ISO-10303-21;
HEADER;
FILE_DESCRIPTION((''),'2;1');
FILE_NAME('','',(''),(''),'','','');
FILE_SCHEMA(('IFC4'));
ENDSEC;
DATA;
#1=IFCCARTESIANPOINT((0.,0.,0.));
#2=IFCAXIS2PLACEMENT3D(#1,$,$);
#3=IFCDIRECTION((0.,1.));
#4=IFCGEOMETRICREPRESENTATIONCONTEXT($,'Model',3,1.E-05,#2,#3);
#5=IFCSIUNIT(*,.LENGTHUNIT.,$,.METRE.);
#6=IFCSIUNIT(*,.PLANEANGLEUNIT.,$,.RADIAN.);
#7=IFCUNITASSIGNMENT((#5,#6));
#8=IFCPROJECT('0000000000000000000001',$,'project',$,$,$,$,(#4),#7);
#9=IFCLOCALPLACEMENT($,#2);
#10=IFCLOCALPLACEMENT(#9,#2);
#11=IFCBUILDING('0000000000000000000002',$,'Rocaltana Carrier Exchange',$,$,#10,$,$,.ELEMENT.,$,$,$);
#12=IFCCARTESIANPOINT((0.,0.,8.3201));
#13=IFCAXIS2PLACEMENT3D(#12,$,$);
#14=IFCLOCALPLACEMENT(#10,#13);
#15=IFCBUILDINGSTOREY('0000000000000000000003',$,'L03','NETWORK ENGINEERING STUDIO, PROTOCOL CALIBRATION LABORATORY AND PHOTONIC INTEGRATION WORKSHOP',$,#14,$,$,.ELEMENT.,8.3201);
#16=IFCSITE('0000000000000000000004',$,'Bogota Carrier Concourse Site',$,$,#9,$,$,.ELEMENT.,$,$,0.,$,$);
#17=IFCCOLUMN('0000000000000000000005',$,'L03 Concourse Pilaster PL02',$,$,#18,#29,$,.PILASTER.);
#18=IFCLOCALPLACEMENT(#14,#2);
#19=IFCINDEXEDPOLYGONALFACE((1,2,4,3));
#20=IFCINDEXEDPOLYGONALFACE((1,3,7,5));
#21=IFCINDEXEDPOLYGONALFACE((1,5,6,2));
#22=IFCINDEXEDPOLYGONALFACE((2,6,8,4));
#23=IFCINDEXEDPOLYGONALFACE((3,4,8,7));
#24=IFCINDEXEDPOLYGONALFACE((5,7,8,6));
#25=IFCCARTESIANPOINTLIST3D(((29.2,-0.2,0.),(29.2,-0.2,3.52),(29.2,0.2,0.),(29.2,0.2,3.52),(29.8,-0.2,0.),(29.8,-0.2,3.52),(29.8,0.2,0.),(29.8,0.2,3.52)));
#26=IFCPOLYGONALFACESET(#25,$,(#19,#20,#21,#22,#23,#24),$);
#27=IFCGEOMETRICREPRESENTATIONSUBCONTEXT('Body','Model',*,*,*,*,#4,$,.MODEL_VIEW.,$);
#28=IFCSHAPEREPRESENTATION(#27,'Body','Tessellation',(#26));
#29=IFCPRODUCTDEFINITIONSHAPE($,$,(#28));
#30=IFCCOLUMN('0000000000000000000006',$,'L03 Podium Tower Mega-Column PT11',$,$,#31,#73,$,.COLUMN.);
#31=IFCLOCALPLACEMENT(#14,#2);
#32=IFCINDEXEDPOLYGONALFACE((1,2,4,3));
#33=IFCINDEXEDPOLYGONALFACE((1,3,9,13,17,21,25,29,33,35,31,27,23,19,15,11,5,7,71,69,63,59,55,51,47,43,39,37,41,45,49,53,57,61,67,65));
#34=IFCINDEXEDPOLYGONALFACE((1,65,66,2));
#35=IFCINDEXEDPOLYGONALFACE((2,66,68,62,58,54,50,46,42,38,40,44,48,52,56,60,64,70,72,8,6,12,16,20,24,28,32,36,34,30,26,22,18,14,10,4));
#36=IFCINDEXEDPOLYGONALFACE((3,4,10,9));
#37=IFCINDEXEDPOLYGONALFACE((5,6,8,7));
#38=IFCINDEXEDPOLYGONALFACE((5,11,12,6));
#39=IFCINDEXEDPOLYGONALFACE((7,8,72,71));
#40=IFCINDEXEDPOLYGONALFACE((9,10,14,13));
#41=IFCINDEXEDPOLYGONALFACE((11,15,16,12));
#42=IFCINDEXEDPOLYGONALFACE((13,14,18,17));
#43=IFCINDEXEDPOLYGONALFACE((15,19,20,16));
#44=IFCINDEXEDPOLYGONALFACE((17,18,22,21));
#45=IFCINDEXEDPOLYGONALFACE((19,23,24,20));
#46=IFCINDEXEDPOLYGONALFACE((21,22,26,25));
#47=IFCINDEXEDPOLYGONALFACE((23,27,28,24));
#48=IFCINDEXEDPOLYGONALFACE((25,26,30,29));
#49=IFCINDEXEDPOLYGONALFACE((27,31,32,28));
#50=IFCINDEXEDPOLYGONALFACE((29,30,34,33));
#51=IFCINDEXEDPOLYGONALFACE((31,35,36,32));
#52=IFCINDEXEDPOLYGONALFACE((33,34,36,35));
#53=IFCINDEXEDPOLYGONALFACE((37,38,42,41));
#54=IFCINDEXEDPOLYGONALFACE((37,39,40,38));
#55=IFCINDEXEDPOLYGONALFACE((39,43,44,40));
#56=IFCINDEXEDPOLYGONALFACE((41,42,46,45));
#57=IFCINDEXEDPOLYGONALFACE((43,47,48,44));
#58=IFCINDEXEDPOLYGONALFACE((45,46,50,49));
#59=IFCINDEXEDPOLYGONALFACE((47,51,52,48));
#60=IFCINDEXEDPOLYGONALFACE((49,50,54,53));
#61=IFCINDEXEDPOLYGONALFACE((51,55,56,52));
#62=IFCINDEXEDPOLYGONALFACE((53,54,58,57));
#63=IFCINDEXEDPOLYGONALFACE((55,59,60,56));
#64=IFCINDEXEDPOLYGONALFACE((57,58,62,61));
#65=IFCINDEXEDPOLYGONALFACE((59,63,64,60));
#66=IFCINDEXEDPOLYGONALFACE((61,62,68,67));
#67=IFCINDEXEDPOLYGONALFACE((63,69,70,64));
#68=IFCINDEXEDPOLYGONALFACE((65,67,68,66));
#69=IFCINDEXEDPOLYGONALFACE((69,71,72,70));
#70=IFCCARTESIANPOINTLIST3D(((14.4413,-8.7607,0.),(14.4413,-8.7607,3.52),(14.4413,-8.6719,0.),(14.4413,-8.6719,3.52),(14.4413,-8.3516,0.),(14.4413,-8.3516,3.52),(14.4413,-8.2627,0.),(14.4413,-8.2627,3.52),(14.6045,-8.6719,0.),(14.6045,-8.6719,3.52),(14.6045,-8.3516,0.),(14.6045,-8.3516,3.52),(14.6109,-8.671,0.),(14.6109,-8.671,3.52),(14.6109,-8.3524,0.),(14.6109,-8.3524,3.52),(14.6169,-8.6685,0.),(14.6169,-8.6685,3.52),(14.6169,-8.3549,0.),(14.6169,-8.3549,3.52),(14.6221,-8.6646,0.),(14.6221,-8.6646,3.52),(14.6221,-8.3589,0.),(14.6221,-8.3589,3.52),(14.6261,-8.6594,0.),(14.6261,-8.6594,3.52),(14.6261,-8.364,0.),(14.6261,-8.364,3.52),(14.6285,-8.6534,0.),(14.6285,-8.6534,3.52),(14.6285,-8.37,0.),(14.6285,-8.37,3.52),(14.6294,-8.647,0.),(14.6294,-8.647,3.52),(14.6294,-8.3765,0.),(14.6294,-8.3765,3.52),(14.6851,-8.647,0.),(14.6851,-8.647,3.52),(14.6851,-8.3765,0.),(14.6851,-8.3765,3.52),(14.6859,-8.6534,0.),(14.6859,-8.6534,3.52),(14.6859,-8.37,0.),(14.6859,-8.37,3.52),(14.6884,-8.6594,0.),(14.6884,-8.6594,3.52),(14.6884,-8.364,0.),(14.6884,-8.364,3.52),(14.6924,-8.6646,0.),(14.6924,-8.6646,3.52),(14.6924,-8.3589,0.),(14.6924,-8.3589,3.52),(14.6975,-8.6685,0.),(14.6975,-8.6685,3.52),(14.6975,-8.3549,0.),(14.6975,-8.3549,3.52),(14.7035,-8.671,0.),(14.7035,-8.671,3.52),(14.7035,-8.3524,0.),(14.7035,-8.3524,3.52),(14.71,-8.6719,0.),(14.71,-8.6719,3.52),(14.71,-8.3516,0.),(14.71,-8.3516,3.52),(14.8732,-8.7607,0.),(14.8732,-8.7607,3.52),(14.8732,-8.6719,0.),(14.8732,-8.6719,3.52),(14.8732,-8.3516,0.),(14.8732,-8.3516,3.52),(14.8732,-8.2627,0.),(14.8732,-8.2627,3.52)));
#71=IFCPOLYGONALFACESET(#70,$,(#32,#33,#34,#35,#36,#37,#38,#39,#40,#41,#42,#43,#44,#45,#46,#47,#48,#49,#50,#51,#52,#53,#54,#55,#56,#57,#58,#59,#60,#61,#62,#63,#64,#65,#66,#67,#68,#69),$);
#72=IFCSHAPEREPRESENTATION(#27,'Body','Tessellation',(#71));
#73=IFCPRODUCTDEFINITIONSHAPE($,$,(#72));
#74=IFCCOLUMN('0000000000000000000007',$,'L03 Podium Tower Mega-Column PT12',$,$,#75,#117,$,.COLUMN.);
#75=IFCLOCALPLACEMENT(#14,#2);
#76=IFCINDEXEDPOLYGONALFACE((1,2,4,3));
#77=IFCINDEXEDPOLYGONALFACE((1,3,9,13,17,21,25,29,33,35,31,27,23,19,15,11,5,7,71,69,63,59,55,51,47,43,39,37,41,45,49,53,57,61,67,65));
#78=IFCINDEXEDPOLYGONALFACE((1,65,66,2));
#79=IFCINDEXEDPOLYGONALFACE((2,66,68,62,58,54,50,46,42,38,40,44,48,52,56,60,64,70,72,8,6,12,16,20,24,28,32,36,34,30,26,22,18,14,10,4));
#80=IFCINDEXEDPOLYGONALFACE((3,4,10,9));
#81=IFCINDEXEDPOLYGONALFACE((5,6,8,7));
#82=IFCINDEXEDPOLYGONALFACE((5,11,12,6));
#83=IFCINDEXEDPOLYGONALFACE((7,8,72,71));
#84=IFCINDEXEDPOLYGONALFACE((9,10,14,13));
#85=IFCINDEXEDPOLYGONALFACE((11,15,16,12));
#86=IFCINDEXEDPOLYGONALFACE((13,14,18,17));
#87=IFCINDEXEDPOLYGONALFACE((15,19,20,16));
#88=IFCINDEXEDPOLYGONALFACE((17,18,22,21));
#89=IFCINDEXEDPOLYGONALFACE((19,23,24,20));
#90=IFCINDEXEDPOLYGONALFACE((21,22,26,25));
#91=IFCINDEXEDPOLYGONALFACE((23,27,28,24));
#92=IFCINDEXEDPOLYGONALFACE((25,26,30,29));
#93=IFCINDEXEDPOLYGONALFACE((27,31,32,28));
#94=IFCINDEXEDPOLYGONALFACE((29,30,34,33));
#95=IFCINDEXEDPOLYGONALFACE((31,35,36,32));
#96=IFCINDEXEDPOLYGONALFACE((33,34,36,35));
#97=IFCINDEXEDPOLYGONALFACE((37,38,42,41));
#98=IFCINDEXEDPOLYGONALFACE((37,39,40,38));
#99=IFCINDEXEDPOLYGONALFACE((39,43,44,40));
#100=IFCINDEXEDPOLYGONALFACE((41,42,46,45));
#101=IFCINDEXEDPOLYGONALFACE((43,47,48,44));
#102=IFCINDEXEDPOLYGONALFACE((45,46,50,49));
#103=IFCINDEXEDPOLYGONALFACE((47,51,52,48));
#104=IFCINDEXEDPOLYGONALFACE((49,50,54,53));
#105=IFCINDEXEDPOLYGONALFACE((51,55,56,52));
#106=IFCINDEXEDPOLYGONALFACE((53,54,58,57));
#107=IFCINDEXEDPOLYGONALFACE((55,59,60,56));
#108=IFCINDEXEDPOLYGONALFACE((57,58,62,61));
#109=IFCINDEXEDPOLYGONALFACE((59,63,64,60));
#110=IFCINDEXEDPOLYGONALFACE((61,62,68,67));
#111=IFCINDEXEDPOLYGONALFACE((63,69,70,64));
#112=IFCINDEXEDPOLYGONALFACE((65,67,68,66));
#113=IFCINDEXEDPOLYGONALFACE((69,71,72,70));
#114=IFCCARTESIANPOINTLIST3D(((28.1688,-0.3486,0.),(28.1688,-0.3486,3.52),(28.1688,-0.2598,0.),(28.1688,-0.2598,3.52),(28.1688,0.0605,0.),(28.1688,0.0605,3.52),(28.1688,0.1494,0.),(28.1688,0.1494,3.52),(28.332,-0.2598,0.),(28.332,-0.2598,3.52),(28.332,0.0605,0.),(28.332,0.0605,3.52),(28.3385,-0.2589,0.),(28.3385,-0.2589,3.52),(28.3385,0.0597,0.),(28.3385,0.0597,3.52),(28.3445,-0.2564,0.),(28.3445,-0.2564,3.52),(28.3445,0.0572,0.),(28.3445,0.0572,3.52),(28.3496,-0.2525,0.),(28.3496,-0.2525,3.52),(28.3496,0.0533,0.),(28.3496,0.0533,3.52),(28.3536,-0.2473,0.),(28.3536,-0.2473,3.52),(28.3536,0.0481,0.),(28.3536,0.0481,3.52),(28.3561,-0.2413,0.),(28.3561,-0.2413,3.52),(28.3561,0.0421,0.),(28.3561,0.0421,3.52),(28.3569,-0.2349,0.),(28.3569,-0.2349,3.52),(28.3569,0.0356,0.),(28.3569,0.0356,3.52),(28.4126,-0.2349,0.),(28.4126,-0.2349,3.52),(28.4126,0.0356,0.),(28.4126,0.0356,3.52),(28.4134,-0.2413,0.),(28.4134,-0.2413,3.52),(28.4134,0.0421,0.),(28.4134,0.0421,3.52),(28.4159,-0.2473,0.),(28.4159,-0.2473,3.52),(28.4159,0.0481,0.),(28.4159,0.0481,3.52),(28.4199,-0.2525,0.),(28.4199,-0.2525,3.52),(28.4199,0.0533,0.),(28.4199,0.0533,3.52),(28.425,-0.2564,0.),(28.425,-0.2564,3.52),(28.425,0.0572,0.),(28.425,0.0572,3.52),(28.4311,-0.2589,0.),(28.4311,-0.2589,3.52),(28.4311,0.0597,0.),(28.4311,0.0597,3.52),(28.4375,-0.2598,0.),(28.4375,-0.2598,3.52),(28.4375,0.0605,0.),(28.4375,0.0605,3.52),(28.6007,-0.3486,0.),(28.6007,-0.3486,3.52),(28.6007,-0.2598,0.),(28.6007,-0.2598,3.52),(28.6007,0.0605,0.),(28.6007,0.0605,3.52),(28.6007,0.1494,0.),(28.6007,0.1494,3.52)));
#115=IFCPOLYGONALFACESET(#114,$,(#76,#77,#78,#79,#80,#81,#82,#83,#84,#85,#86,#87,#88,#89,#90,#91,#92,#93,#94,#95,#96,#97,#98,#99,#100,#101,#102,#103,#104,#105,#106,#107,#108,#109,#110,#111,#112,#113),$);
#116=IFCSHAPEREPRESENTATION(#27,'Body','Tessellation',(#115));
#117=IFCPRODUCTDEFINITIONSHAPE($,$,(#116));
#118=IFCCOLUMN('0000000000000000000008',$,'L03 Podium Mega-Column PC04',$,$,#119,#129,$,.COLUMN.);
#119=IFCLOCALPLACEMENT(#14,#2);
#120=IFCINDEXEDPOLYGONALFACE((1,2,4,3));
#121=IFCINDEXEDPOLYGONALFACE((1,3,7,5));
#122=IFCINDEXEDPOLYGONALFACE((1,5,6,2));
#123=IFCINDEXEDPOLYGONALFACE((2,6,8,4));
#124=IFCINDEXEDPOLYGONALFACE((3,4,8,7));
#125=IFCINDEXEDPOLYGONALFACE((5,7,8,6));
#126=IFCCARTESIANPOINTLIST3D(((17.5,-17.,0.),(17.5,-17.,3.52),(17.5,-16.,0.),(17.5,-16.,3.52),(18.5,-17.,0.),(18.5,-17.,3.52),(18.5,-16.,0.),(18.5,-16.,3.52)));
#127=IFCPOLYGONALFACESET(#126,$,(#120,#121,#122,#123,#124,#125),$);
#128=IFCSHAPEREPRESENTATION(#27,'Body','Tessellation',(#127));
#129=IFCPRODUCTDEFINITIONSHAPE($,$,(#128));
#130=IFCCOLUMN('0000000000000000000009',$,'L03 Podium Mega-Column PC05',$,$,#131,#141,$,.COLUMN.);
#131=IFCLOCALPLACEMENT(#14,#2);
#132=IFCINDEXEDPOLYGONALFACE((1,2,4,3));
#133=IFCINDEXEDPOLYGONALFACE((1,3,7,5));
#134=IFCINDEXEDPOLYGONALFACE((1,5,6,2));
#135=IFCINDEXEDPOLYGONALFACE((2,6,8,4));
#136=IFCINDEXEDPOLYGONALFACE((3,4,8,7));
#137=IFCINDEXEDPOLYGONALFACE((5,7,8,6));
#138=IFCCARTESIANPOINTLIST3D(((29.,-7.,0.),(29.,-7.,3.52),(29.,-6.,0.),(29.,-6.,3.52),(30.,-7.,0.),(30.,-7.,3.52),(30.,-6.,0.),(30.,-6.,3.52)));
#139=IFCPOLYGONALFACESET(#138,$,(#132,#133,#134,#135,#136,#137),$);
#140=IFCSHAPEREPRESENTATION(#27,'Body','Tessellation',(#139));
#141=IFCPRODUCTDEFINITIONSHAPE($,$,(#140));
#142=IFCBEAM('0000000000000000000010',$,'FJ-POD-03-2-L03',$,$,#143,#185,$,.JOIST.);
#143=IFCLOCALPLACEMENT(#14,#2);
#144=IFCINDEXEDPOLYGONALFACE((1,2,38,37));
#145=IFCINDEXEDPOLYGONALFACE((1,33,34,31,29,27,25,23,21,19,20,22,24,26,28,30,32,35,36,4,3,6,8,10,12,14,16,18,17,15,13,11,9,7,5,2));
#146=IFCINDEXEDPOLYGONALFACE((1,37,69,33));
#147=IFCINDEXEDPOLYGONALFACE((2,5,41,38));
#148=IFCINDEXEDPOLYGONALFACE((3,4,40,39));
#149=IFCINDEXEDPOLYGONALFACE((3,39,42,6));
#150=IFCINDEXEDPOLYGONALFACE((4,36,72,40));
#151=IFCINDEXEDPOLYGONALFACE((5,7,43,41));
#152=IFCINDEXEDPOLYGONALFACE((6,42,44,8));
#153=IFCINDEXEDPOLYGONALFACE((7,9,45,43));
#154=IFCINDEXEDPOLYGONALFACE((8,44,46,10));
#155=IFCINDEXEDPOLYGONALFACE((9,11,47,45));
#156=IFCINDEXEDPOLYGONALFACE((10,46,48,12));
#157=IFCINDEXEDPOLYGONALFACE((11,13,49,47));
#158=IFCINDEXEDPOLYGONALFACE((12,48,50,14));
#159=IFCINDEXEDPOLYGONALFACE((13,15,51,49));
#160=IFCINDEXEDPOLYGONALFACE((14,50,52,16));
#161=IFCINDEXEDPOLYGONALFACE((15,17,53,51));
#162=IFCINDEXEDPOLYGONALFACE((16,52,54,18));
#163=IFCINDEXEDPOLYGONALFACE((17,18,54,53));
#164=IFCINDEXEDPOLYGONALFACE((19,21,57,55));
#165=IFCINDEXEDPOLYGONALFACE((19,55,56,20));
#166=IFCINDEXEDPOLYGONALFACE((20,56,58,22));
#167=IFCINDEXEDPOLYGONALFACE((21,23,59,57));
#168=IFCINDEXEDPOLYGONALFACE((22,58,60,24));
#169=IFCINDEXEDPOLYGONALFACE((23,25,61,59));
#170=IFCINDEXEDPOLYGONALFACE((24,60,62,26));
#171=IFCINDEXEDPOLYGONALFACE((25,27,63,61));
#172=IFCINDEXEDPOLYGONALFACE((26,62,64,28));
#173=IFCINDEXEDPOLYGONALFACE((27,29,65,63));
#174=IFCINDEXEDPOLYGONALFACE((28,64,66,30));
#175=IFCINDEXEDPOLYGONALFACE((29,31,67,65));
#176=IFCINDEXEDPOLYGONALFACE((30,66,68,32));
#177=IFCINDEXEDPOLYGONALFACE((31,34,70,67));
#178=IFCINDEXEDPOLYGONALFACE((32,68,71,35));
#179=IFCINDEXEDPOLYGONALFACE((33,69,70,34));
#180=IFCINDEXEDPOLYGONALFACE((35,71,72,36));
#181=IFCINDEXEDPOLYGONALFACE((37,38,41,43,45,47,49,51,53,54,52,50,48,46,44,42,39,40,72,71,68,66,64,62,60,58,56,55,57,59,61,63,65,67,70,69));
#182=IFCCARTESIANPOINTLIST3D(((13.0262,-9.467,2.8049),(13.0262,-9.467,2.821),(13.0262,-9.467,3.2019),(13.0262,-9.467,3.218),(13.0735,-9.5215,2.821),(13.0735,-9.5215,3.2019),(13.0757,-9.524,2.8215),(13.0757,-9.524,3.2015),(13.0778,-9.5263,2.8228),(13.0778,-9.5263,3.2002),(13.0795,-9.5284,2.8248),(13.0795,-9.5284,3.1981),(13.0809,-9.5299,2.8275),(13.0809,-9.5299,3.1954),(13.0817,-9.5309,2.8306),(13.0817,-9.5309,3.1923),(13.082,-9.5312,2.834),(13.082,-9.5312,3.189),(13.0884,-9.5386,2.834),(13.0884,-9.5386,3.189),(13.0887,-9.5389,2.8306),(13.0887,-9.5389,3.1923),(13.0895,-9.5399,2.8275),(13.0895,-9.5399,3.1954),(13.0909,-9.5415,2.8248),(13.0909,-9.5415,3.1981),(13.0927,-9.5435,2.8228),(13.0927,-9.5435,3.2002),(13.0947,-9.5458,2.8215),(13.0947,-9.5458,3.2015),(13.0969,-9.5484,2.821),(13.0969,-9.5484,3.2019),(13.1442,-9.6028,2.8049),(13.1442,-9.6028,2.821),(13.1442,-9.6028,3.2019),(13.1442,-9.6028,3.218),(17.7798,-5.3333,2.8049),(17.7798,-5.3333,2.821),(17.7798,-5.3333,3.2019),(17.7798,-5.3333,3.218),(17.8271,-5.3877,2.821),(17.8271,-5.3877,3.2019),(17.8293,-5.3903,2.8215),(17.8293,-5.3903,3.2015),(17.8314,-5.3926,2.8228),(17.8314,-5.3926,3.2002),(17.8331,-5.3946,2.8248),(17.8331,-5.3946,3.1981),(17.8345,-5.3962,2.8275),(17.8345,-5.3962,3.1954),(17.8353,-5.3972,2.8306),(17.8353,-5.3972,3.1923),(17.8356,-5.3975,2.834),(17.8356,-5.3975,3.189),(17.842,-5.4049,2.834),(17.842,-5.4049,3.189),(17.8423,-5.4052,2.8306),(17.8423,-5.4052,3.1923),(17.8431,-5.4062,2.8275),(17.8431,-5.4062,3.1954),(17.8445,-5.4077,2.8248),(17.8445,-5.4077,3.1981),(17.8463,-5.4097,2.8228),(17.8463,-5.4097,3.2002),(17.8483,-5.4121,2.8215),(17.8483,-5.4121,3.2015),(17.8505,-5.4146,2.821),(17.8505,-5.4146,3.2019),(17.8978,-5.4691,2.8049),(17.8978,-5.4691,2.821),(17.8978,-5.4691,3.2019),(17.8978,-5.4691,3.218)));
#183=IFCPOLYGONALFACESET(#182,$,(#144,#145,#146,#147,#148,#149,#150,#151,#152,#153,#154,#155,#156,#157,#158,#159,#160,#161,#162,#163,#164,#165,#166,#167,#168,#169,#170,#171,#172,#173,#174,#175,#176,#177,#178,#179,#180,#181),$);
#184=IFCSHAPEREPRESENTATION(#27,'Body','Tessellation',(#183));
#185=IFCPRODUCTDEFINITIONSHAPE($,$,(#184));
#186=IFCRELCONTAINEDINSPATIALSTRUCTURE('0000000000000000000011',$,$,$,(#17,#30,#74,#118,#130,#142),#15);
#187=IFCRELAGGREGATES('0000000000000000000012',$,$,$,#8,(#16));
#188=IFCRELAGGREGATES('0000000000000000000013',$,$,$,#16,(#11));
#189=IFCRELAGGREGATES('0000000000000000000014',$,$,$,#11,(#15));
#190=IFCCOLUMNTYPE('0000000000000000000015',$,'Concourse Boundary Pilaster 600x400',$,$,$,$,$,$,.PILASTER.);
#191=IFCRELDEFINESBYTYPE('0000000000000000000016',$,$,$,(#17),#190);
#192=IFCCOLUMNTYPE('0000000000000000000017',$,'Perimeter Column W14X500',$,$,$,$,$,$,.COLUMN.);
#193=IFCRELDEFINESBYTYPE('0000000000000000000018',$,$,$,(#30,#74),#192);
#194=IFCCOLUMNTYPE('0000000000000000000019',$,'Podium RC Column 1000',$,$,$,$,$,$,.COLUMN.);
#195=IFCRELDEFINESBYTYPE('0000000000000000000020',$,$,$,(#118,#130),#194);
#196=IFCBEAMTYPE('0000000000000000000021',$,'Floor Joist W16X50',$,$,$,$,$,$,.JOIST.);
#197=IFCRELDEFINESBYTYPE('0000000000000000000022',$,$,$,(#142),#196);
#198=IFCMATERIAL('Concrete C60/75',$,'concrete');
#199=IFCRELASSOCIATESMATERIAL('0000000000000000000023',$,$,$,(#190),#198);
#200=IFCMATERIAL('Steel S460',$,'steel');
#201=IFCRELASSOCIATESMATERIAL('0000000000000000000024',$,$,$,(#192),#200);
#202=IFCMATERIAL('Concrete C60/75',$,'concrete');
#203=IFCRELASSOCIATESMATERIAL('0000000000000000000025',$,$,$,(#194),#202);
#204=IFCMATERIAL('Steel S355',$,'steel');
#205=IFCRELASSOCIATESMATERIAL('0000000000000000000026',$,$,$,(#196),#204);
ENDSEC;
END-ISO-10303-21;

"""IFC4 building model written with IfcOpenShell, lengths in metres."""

from ifc_helpers import new_model, si_unit, direction, frame, origin, origin_2d, place, context, subcontext, project, spatial, rectangle, i_section, extrude, material, material_profile, profile_set, type_object, element, save


model = new_model("IFC4")

# Units and contexts
model_context = context("Model", 3, precision=1e-05, world=origin(), true_north=direction((0.0, 1.0)))
body_context = subcontext(model_context, "Body", "Model", "MODEL_VIEW")
ifc_project = project(units=[si_unit("LENGTHUNIT", "METRE"), si_unit("PLANEANGLEUNIT", "RADIAN")], contexts=[model_context])

# Site, building, storey
site_placement = place(None, origin())
site = spatial("IfcSite", under=ifc_project, at=site_placement, Name="Bogota Carrier Concourse Site", CompositionType="ELEMENT", RefElevation=0.0)
building_placement = place(site_placement, origin())
building = spatial("IfcBuilding", under=site, at=building_placement, Name="Rocaltana Carrier Exchange", CompositionType="ELEMENT")
storey_placement = place(building_placement, frame((0.0, 0.0, 8.3201)))
storey = spatial("IfcBuildingStorey", under=building, at=storey_placement, Name="L03", Description="NETWORK ENGINEERING STUDIO, PROTOCOL CALIBRATION LABORATORY AND PHOTONIC INTEGRATION WORKSHOP", CompositionType="ELEMENT", Elevation=8.3201)

# Columns
ifc_material_1 = material(Name="Concrete C60/75", Category="concrete")
ifc_material_profile_1 = material_profile(ifc_material_1, rectangle(XDim=0.6001, YDim=0.3999, at=origin_2d()), Name="RC-PIL-600X400")
ifc_profile_set_1 = profile_set([ifc_material_profile_1], Name="Concrete C60/75")
column_type_1 = type_object("IfcColumnType", Name="Concourse Boundary Pilaster 600x400", PredefinedType="PILASTER", material=ifc_profile_set_1)
column_placement = place(storey_placement, frame((29.5, 0.0, 0.0), z_axis=(0.0, 0.0, 1.0), x_axis=(1.0, 0.0, 0.0)))
element("IfcColumn", 1, at=column_placement, inside=storey, type_object=column_type_1, Name="L03 Concourse Pilaster PL02", PredefinedType="PILASTER", context=body_context, shape_type="SweptSolid", body=[
    extrude(rectangle(XDim=0.6001, YDim=0.3999, at=origin_2d()), origin(), (0.0, 0.0, 1.0), 3.52),
])
ifc_material_2 = material(Name="Steel S460", Category="steel")
ifc_material_profile_2 = material_profile(ifc_material_2, i_section(OverallWidth=0.4319, OverallDepth=0.498, WebThickness=0.0557, FlangeThickness=0.0889, FilletRadius=0.0249, at=origin_2d()), Name="W14X500")
ifc_profile_set_2 = profile_set([ifc_material_profile_2], Name="Steel S460")
column_type_2 = type_object("IfcColumnType", Name="Perimeter Column W14X500", PredefinedType="COLUMN", material=ifc_profile_set_2)
for number, where, z_axis, x_axis, name in (
    (2, (14.6572, -8.5117, 0.0), (0.0, 0.0, 1.0), (1.0, 0.0, 0.0), "L03 Podium Tower Mega-Column PT11"),
    (3, (28.3848, -0.0996, 0.0), (0.0, 0.0, 1.0), (1.0, 0.0, 0.0), "L03 Podium Tower Mega-Column PT12"),
):
    element("IfcColumn", number, at=place(storey_placement, frame(where, z_axis=z_axis, x_axis=x_axis)), inside=storey, type_object=column_type_2, Name=name, PredefinedType="COLUMN", context=body_context, shape_type="SweptSolid", body=[
        extrude(i_section(OverallWidth=0.4319, OverallDepth=0.498, WebThickness=0.0557, FlangeThickness=0.0889, FilletRadius=0.0249, at=origin_2d()), origin(), (0.0, 0.0, 1.0), 3.52),
    ])
ifc_material_3 = material(Name="Concrete C60/75", Category="concrete")
ifc_material_profile_3 = material_profile(ifc_material_3, rectangle(XDim=1.0, YDim=1.0, at=origin_2d()), Name="RC-COL-1000X1000")
ifc_profile_set_3 = profile_set([ifc_material_profile_3], Name="Concrete C60/75")
column_type_3 = type_object("IfcColumnType", Name="Podium RC Column 1000", PredefinedType="COLUMN", material=ifc_profile_set_3)
for number, where, z_axis, x_axis, name in (
    (4, (18.0, -16.5, 0.0), (0.0, 0.0, 1.0), (1.0, 0.0, 0.0), "L03 Podium Mega-Column PC04"),
    (5, (29.5, -6.5, 0.0), (0.0, 0.0, 1.0), (1.0, 0.0, 0.0), "L03 Podium Mega-Column PC05"),
):
    element("IfcColumn", number, at=place(storey_placement, frame(where, z_axis=z_axis, x_axis=x_axis)), inside=storey, type_object=column_type_3, Name=name, PredefinedType="COLUMN", context=body_context, shape_type="SweptSolid", body=[
        extrude(rectangle(XDim=1.0, YDim=1.0, at=origin_2d()), origin(), (0.0, 0.0, 1.0), 3.52),
    ])

# Beam
ifc_material_4 = material(Name="Steel S355", Category="steel")
ifc_material_profile_4 = material_profile(ifc_material_4, i_section(OverallWidth=0.1799, OverallDepth=0.4131, WebThickness=0.0098, FlangeThickness=0.0161, FilletRadius=0.0129, at=origin_2d()), Name="W16X50")
ifc_profile_set_4 = profile_set([ifc_material_profile_4], Name="Steel S355")
beam_type_1 = type_object("IfcBeamType", Name="Floor Joist W16X50", PredefinedType="JOIST", material=ifc_profile_set_4)
beam_1_placement = place(storey_placement, frame((13.0852, -9.5349, 3.0115), z_axis=(0.754592, 0.656194, 0.0), x_axis=(-0.656194, 0.754592, 0.0)))
element("IfcBeam", 6, at=beam_1_placement, inside=storey, type_object=beam_type_1, Name="FJ-POD-03-2-L03", PredefinedType="JOIST", context=body_context, shape_type="SweptSolid", body=[
    extrude(i_section(OverallWidth=0.1799, OverallDepth=0.4131, WebThickness=0.0098, FlangeThickness=0.0161, FilletRadius=0.0129, at=origin_2d()), origin(), (0.0, 0.0, 1.0), 6.2996),
])

save(model, "model.ifc")
